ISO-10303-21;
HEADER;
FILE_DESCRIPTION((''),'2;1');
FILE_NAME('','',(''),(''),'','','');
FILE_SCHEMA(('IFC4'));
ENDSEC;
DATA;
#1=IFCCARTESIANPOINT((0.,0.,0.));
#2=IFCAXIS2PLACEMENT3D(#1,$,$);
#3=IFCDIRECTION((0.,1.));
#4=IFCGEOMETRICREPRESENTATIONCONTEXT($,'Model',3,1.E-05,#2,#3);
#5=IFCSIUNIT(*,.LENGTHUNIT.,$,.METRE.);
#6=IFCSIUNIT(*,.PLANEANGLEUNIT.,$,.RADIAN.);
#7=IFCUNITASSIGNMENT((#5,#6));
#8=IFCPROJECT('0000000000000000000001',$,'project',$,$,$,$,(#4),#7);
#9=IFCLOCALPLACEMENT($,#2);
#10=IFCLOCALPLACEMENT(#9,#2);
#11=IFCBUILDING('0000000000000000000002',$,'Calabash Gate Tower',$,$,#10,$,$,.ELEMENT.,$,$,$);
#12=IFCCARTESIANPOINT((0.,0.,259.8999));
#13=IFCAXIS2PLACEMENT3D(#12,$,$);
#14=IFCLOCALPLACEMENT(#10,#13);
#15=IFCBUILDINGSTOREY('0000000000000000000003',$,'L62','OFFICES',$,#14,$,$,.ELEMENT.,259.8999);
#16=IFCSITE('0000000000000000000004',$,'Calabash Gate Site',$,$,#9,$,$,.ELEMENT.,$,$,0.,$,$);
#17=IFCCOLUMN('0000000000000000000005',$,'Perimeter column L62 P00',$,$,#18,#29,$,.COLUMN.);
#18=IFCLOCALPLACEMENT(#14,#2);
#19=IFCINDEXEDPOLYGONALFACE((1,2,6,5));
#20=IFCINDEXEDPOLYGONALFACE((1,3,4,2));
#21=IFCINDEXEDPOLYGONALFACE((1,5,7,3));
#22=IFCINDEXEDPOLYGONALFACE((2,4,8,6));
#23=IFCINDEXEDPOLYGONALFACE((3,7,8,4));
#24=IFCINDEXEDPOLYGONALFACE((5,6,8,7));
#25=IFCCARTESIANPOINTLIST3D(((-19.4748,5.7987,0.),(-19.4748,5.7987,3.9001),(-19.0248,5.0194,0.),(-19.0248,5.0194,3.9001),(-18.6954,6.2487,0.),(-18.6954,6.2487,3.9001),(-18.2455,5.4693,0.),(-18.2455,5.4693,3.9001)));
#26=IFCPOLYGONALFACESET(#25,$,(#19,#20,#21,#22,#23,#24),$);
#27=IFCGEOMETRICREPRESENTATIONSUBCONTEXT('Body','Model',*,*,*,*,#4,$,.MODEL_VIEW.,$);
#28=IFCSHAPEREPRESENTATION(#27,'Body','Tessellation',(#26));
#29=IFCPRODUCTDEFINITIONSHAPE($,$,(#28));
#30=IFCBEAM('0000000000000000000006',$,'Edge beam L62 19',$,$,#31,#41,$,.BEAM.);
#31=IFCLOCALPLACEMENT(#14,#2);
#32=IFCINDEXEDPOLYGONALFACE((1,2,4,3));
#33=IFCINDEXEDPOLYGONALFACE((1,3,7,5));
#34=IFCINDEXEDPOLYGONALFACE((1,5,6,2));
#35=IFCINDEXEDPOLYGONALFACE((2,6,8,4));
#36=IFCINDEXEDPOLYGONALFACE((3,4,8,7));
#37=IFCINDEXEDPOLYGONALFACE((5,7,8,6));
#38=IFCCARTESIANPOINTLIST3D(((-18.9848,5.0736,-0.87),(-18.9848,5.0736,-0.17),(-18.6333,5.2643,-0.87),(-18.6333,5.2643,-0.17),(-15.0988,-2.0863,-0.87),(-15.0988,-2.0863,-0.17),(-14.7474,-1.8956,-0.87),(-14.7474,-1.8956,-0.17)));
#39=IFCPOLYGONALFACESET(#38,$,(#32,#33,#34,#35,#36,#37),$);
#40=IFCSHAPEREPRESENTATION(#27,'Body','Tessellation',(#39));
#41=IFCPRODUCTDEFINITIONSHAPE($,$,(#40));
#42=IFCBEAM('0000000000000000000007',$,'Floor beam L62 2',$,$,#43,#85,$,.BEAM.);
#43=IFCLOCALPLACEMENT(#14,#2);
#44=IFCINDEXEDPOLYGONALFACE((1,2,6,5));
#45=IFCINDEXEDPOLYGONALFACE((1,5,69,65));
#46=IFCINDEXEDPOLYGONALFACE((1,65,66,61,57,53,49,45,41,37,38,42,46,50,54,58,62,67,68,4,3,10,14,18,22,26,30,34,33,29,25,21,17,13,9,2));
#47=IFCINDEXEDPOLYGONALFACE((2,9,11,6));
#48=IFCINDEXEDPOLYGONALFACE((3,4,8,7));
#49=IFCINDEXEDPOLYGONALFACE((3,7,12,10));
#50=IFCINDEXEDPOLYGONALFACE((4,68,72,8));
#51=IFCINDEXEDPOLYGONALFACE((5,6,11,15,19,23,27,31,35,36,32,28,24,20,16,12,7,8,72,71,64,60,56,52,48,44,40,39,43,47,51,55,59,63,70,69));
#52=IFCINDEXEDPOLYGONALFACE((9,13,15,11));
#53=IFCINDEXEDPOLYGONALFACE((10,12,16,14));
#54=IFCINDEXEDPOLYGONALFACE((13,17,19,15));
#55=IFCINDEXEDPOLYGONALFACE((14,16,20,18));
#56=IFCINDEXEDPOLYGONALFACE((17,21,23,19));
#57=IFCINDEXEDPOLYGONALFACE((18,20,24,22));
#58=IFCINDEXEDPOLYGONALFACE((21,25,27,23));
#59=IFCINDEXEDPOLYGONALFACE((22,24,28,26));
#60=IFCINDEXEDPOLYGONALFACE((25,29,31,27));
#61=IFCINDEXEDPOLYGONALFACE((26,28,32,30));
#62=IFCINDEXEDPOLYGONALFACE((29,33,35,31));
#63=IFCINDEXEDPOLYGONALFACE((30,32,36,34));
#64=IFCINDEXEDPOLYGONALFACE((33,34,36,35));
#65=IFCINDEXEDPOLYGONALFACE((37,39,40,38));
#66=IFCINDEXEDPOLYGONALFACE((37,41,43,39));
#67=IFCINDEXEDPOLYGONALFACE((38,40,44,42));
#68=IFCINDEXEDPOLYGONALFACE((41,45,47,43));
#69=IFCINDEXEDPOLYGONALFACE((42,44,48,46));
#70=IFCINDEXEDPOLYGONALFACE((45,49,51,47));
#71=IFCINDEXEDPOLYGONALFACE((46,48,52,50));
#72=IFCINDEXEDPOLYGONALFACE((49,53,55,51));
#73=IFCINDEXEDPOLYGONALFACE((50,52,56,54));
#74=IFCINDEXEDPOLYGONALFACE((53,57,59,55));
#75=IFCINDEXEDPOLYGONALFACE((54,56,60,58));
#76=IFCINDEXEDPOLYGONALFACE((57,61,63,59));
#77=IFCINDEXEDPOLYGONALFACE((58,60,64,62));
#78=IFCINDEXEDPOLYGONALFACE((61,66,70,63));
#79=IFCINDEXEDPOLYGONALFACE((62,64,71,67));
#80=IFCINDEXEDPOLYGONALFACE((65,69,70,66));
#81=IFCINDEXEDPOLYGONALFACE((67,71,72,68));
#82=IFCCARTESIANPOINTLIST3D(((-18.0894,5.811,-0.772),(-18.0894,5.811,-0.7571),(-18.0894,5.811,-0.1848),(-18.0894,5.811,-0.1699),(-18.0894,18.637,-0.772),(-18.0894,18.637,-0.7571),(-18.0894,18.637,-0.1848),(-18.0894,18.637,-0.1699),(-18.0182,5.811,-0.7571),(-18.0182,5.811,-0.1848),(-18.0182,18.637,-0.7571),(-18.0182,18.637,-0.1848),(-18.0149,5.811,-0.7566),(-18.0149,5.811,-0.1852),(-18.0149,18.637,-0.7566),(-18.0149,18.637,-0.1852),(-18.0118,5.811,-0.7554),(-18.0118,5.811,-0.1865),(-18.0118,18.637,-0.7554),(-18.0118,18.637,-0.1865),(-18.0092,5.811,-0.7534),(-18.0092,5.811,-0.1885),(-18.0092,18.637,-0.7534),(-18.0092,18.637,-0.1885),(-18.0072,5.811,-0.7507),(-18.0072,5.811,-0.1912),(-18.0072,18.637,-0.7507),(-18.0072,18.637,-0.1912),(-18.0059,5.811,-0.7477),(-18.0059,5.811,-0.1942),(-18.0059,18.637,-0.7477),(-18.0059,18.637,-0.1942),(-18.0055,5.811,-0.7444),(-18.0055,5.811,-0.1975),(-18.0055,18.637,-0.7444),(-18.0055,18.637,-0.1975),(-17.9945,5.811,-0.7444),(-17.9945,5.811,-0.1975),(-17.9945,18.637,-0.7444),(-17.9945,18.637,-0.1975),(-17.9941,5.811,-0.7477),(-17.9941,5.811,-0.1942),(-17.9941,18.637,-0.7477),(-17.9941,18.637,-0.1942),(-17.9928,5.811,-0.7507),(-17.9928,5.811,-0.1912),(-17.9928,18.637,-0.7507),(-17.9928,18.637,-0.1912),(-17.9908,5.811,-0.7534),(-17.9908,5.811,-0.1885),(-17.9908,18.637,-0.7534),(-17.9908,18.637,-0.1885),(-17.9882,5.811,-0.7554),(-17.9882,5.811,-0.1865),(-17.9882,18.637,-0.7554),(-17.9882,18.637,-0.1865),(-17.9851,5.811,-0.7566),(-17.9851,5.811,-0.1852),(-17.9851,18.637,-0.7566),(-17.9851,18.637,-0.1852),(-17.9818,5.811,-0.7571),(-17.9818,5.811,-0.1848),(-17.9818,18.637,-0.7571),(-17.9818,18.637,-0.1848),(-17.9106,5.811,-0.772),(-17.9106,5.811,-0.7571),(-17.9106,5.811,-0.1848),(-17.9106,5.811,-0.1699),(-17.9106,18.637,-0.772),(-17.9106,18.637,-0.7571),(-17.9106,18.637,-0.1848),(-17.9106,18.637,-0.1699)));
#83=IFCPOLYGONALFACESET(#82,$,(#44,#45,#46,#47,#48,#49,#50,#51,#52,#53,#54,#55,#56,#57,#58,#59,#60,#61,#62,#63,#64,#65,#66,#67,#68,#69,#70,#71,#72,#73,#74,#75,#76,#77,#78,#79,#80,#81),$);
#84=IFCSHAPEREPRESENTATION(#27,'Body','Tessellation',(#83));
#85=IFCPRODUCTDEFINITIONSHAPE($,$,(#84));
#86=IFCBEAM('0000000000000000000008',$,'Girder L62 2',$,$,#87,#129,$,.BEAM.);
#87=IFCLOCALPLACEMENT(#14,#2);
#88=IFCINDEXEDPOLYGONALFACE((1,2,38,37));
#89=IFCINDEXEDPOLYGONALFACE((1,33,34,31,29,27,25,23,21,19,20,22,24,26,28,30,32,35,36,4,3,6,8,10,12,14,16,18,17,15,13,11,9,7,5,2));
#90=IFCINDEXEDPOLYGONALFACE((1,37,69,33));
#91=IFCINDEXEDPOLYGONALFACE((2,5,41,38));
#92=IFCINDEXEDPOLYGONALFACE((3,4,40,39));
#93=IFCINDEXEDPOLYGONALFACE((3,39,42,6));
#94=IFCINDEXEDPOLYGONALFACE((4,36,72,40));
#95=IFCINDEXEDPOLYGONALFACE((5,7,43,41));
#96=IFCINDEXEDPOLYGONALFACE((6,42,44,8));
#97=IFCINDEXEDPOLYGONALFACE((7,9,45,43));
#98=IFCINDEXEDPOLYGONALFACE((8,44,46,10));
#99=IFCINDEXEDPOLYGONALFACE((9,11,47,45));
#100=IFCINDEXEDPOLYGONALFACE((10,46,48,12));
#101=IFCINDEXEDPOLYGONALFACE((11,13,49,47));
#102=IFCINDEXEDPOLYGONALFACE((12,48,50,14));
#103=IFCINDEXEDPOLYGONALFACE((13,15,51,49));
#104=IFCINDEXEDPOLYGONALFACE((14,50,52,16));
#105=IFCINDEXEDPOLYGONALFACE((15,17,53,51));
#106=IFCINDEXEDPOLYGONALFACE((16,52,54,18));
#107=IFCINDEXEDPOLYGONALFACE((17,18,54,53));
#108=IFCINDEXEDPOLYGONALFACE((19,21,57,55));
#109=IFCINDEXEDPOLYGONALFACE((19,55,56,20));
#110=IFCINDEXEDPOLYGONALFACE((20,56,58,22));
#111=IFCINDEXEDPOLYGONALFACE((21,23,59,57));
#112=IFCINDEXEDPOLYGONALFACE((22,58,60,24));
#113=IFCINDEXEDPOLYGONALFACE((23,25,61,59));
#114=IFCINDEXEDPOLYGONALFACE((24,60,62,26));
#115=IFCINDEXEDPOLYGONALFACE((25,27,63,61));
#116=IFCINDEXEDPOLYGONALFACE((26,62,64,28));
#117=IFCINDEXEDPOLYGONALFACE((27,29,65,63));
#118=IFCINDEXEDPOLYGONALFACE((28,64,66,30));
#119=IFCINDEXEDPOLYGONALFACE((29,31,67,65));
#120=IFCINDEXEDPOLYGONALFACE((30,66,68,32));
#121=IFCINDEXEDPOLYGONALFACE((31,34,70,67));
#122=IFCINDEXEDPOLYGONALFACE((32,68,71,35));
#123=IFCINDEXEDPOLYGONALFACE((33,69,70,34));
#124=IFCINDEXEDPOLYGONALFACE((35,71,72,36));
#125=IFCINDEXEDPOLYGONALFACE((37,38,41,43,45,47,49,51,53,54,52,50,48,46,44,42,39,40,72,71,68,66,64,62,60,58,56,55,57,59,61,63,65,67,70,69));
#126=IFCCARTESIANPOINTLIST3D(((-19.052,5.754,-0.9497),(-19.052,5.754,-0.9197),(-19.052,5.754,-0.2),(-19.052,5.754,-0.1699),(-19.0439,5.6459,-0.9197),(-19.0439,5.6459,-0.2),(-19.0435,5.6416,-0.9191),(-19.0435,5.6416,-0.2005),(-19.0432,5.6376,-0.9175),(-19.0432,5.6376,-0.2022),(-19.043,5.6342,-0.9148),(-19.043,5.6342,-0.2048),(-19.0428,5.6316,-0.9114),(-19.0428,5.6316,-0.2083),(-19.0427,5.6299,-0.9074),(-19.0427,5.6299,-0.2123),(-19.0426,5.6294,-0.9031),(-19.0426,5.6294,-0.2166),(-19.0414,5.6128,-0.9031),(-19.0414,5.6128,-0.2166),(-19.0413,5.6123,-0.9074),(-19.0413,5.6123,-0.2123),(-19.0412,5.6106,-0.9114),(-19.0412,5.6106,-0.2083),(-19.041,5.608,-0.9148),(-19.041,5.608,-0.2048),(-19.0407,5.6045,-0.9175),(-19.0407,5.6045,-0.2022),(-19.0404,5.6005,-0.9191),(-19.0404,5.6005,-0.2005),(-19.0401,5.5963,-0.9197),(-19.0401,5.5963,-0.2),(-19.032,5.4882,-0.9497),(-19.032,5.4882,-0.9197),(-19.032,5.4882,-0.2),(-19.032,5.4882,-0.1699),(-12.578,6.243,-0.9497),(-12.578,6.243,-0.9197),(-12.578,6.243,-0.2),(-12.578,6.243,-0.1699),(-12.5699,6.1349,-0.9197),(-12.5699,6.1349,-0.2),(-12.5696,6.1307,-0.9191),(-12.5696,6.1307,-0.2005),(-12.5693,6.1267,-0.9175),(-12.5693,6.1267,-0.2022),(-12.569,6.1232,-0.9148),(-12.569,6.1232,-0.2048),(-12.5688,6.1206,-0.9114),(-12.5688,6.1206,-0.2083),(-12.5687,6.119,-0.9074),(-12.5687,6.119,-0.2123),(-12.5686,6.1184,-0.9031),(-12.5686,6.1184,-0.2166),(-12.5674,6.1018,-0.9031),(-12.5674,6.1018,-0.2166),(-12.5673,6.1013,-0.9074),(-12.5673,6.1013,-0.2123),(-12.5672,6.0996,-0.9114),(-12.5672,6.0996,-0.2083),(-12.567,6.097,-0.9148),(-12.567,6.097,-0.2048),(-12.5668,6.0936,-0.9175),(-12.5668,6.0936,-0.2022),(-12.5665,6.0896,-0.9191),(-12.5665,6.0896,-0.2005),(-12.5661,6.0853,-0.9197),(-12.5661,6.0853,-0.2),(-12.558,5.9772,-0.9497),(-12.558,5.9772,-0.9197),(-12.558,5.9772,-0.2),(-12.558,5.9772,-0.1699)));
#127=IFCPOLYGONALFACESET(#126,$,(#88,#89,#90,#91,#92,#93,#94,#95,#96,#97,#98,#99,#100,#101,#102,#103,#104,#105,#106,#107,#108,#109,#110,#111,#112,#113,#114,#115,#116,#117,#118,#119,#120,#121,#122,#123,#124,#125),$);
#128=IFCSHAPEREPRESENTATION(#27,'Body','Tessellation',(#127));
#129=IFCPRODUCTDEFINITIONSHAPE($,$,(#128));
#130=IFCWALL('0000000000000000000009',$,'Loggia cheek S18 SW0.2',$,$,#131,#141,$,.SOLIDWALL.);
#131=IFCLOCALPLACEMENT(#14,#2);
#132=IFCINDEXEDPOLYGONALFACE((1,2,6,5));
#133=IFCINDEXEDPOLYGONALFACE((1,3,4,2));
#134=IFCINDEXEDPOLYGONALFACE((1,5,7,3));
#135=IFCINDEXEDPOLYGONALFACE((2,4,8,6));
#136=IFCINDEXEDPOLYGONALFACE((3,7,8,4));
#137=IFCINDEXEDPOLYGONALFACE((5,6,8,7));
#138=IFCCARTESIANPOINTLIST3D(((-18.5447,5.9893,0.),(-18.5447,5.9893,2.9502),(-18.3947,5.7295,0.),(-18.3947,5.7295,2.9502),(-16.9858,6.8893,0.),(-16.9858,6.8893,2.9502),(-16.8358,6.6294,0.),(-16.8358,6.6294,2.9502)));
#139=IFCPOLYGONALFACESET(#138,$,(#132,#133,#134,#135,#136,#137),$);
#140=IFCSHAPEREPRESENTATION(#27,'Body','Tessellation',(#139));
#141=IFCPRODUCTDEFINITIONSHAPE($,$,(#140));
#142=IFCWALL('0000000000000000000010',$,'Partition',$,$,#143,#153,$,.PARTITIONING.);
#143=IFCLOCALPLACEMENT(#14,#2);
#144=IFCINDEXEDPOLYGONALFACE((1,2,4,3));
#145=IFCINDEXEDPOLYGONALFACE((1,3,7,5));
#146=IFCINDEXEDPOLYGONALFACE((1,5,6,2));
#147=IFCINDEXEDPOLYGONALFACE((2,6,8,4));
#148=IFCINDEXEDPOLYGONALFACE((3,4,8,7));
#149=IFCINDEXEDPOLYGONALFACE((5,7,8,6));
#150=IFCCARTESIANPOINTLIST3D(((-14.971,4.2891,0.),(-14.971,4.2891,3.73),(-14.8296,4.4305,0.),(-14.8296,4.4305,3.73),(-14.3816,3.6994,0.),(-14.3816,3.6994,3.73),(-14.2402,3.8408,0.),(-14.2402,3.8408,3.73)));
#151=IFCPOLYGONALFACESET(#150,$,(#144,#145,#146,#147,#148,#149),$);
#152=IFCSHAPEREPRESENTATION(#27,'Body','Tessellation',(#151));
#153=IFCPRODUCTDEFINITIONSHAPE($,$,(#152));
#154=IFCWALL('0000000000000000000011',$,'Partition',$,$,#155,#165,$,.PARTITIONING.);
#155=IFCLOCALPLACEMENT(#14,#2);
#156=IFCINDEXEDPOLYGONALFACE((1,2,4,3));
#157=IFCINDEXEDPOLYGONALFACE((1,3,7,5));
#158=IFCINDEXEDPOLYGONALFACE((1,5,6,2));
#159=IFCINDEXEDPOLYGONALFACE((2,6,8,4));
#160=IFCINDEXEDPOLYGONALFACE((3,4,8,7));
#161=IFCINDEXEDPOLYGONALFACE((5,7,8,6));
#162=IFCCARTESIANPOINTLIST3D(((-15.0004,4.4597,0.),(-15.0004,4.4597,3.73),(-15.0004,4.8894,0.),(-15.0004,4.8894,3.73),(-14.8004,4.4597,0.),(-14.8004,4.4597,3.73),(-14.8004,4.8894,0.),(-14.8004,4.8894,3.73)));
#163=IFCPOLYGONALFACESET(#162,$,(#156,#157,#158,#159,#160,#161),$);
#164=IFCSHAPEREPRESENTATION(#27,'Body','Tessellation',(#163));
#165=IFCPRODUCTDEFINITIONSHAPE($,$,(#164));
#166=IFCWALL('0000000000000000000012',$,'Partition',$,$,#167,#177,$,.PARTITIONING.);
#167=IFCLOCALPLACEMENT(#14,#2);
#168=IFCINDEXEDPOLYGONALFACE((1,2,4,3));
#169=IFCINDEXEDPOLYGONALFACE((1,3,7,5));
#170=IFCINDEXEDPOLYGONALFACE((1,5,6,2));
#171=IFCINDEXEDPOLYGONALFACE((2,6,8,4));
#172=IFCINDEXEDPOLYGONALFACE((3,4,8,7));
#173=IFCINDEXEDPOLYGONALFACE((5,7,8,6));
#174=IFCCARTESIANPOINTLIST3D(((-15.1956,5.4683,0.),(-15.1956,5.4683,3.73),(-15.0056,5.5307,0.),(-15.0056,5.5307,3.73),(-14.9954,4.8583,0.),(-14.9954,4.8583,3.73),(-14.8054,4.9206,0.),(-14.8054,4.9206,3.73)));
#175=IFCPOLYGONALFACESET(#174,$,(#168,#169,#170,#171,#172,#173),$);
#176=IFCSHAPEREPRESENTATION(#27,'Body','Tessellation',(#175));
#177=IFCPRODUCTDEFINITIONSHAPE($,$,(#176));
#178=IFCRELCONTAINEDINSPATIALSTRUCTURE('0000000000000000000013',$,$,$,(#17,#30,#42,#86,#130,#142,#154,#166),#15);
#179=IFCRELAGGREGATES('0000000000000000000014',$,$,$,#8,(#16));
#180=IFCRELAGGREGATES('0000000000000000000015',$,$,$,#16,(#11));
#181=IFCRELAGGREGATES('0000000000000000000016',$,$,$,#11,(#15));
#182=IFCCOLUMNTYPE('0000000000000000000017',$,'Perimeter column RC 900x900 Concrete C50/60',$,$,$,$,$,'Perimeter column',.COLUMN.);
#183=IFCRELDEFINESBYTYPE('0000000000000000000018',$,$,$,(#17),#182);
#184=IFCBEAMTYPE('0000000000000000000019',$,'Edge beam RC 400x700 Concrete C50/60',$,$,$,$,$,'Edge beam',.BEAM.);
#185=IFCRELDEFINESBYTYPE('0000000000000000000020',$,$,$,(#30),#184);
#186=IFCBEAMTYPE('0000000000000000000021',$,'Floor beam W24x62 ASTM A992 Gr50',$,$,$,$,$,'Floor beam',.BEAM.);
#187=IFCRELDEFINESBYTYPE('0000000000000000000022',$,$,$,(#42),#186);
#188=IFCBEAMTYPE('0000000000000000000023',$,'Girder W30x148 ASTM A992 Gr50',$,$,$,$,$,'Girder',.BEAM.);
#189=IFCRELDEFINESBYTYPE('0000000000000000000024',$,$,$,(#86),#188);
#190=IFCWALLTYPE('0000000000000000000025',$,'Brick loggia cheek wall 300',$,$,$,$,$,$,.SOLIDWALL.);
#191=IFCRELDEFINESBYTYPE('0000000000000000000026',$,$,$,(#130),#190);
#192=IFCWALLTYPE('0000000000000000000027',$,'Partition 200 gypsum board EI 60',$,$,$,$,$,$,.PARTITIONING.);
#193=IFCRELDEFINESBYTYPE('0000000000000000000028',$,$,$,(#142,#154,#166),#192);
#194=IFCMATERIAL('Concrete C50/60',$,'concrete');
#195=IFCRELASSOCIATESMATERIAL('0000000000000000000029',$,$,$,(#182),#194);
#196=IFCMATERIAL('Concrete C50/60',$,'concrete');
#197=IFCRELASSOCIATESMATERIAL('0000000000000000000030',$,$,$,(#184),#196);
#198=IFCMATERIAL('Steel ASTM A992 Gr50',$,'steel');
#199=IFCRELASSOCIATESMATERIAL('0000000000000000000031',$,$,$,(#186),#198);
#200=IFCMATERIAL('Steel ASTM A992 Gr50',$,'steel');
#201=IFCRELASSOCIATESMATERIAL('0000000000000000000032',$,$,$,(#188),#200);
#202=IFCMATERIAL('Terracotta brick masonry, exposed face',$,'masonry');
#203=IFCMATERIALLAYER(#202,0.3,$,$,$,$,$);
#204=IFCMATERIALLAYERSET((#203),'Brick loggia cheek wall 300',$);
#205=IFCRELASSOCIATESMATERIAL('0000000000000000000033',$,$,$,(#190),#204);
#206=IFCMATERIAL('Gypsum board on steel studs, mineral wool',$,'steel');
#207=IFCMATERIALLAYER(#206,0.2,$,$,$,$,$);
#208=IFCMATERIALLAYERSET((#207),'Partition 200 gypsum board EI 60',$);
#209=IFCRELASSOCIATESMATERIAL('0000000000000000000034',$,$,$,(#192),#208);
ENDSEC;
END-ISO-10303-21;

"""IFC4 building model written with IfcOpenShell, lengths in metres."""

from ifc_helpers import new_model, si_unit, direction, frame, frame_2d, origin, origin_2d, place, context, subcontext, project, spatial, rectangle, i_section, extrude, material, layer, layer_set, material_profile, profile_set, type_object, element, save


model = new_model("IFC4")

# Units and contexts
model_context = context("Model", 3, precision=1e-05, world=origin(), true_north=direction((0.0, 1.0)))
body_context = subcontext(model_context, "Body", "Model", "MODEL_VIEW")
ifc_project = project(units=[si_unit("LENGTHUNIT", "METRE"), si_unit("PLANEANGLEUNIT", "RADIAN")], contexts=[model_context])

# Site, building, storey
site_placement = place(None, origin())
site = spatial("IfcSite", under=ifc_project, at=site_placement, Name="Calabash Gate Site", CompositionType="ELEMENT", RefElevation=0.0)
building_placement = place(site_placement, origin())
building = spatial("IfcBuilding", under=site, at=building_placement, Name="Calabash Gate Tower", CompositionType="ELEMENT")
storey_placement = place(building_placement, frame((0.0, 0.0, 259.8999)))
storey = spatial("IfcBuildingStorey", under=building, at=storey_placement, Name="L62", Description="OFFICES", CompositionType="ELEMENT", Elevation=259.8999)

# Column
ifc_material_1 = material(Name="Concrete C50/60", Category="concrete")
ifc_material_profile_1 = material_profile(ifc_material_1, rectangle(XDim=0.8999, YDim=0.8999, at=origin_2d()))
ifc_profile_set_1 = profile_set([ifc_material_profile_1], Name="Concrete C50/60")
column_type = type_object("IfcColumnType", Name="Perimeter column RC 900x900 Concrete C50/60", ElementType="Perimeter column", PredefinedType="COLUMN", material=ifc_profile_set_1)
column_placement = place(storey_placement, frame((-18.8601, 5.634, 0.0), z_axis=(0.0, 0.0, 1.0), x_axis=(0.5, -0.866025, 0.0)))
element("IfcColumn", 1, at=column_placement, inside=storey, type_object=column_type, Name="Perimeter column L62 P00", PredefinedType="COLUMN", context=body_context, shape_type="SweptSolid", body=[
    extrude(rectangle(XDim=0.8999, YDim=0.8999, at=origin_2d()), origin(), (0.0, 0.0, 1.0), 3.9001),
])

# Beams
ifc_material_2 = material(Name="Concrete C50/60", Category="concrete")
ifc_material_profile_2 = material_profile(ifc_material_2, rectangle(XDim=0.3999, YDim=0.7, at=origin_2d()))
ifc_profile_set_2 = profile_set([ifc_material_profile_2], Name="Concrete C50/60")
beam_type_1 = type_object("IfcBeamType", Name="Edge beam RC 400x700 Concrete C50/60", ElementType="Edge beam", PredefinedType="BEAM", material=ifc_profile_set_2)
beam_1_placement = place(storey_placement, frame((-18.8091, 5.1689, -0.52), z_axis=(0.477014, -0.878896, 0.0), x_axis=(0.878896, 0.477014, 0.0)))
element("IfcBeam", 2, at=beam_1_placement, inside=storey, type_object=beam_type_1, Name="Edge beam L62 19", PredefinedType="BEAM", context=body_context, shape_type="SweptSolid", body=[
    extrude(rectangle(XDim=0.3999, YDim=0.7, at=origin_2d()), origin(), (0.0, 0.0, 1.0), 8.1465),
])
ifc_material_3 = material(Name="Steel ASTM A992 Gr50", Category="steel")
ifc_material_profile_3 = material_profile(ifc_material_3, i_section(OverallWidth=0.1787, OverallDepth=0.6021, WebThickness=0.011, FlangeThickness=0.0149, FilletRadius=0.0127, at=origin_2d()))
ifc_profile_set_3 = profile_set([ifc_material_profile_3], Name="Steel ASTM A992 Gr50")
beam_type_2 = type_object("IfcBeamType", Name="Floor beam W24x62 ASTM A992 Gr50", ElementType="Floor beam", PredefinedType="BEAM", material=ifc_profile_set_3)
beam_2_placement = place(storey_placement, frame((-18.0, 5.811, -0.4709), z_axis=(0.0, 1.0, 0.0), x_axis=(-1.0, 0.0, 0.0)))
element("IfcBeam", 3, at=beam_2_placement, inside=storey, type_object=beam_type_2, Name="Floor beam L62 2", PredefinedType="BEAM", context=body_context, shape_type="SweptSolid", body=[
    extrude(i_section(OverallWidth=0.1787, OverallDepth=0.6021, WebThickness=0.011, FlangeThickness=0.0149, FilletRadius=0.0127, at=origin_2d()), origin(), (0.0, 0.0, 1.0), 12.8259),
])
ifc_material_4 = material(Name="Steel ASTM A992 Gr50", Category="steel")
ifc_material_profile_4 = material_profile(ifc_material_4, i_section(OverallWidth=0.2666, OverallDepth=0.7798, WebThickness=0.0166, FlangeThickness=0.03, FilletRadius=0.0166, at=origin_2d()))
ifc_profile_set_4 = profile_set([ifc_material_profile_4], Name="Steel ASTM A992 Gr50")
beam_type_3 = type_object("IfcBeamType", Name="Girder W30x148 ASTM A992 Gr50", ElementType="Girder", PredefinedType="BEAM", material=ifc_profile_set_4)
beam_3_placement = place(storey_placement, frame((-19.042, 5.6211, -0.5598), z_axis=(0.997159, 0.075322, 0.0), x_axis=(-0.075322, 0.997159, 0.0)))
element("IfcBeam", 4, at=beam_3_placement, inside=storey, type_object=beam_type_3, Name="Girder L62 2", PredefinedType="BEAM", context=body_context, shape_type="SweptSolid", body=[
    extrude(i_section(OverallWidth=0.2666, OverallDepth=0.7798, WebThickness=0.0166, FlangeThickness=0.03, FilletRadius=0.0166, at=origin_2d()), origin(), (0.0, 0.0, 1.0), 6.4924),
])

# Walls
ifc_material_5 = material(Name="Terracotta brick masonry, exposed face", Category="masonry")
ifc_layer_1 = layer(ifc_material_5, 0.3)
ifc_layer_set_1 = layer_set([ifc_layer_1], Name="Brick loggia cheek wall 300")
wall_type_1 = type_object("IfcWallType", Name="Brick loggia cheek wall 300", PredefinedType="SOLIDWALL", material=ifc_layer_set_1)
wall_1_placement = place(storey_placement, frame((-16.9109, 6.7593, 0.0), z_axis=(0.0, 0.0, 1.0), x_axis=(-0.866048, -0.499961, 0.0)))
element("IfcWall", 5, at=wall_1_placement, inside=storey, type_object=wall_type_1, Name="Loggia cheek S18 SW0.2", PredefinedType="SOLIDWALL", context=body_context, shape_type="SweptSolid", body=[
    extrude(rectangle(XDim=1.8, YDim=0.3, at=frame_2d((0.8999, 0.0))), origin(), (0.0, 0.0, 1.0), 2.9502),
])
ifc_material_6 = material(Name="Gypsum board on steel studs, mineral wool", Category="steel")
ifc_layer_2 = layer(ifc_material_6, 0.2)
ifc_layer_set_2 = layer_set([ifc_layer_2], Name="Partition 200 gypsum board EI 60")
wall_type_2 = type_object("IfcWallType", Name="Partition 200 gypsum board EI 60", PredefinedType="PARTITIONING", material=ifc_layer_set_2)
wall_2_placement = place(storey_placement, frame((-14.9004, 4.3599, 0.0), z_axis=(0.0, 0.0, 1.0), x_axis=(0.70696, -0.707253, 0.0)))
element("IfcWall", 6, at=wall_2_placement, inside=storey, type_object=wall_type_2, Name="Partition", PredefinedType="PARTITIONING", context=body_context, shape_type="SweptSolid", body=[
    extrude(rectangle(XDim=0.8337, YDim=0.2, at=frame_2d((0.417, 0.0))), origin(), (0.0, 0.0, 1.0), 3.73),
])
wall_3_placement = place(storey_placement, frame((-14.9004, 4.8894, 0.0), z_axis=(0.0, 0.0, 1.0), x_axis=(0.0, -1.0, 0.0)))
element("IfcWall", 7, at=wall_3_placement, inside=storey, type_object=wall_type_2, Name="Partition", PredefinedType="PARTITIONING", context=body_context, shape_type="SweptSolid", body=[
    extrude(rectangle(XDim=0.4297, YDim=0.2, at=frame_2d((0.2148, 0.0))), origin(), (0.0, 0.0, 1.0), 3.73),
])
wall_4_placement = place(storey_placement, frame((-15.1006, 5.4995, 0.0), z_axis=(0.0, 0.0, 1.0), x_axis=(0.311776, -0.950156, 0.0)))
element("IfcWall", 8, at=wall_4_placement, inside=storey, type_object=wall_type_2, Name="Partition", PredefinedType="PARTITIONING", context=body_context, shape_type="SweptSolid", body=[
    extrude(rectangle(XDim=0.6421, YDim=0.2, at=frame_2d((0.321, 0.0))), origin(), (0.0, 0.0, 1.0), 3.73),
])

save(model, "model.ifc")
